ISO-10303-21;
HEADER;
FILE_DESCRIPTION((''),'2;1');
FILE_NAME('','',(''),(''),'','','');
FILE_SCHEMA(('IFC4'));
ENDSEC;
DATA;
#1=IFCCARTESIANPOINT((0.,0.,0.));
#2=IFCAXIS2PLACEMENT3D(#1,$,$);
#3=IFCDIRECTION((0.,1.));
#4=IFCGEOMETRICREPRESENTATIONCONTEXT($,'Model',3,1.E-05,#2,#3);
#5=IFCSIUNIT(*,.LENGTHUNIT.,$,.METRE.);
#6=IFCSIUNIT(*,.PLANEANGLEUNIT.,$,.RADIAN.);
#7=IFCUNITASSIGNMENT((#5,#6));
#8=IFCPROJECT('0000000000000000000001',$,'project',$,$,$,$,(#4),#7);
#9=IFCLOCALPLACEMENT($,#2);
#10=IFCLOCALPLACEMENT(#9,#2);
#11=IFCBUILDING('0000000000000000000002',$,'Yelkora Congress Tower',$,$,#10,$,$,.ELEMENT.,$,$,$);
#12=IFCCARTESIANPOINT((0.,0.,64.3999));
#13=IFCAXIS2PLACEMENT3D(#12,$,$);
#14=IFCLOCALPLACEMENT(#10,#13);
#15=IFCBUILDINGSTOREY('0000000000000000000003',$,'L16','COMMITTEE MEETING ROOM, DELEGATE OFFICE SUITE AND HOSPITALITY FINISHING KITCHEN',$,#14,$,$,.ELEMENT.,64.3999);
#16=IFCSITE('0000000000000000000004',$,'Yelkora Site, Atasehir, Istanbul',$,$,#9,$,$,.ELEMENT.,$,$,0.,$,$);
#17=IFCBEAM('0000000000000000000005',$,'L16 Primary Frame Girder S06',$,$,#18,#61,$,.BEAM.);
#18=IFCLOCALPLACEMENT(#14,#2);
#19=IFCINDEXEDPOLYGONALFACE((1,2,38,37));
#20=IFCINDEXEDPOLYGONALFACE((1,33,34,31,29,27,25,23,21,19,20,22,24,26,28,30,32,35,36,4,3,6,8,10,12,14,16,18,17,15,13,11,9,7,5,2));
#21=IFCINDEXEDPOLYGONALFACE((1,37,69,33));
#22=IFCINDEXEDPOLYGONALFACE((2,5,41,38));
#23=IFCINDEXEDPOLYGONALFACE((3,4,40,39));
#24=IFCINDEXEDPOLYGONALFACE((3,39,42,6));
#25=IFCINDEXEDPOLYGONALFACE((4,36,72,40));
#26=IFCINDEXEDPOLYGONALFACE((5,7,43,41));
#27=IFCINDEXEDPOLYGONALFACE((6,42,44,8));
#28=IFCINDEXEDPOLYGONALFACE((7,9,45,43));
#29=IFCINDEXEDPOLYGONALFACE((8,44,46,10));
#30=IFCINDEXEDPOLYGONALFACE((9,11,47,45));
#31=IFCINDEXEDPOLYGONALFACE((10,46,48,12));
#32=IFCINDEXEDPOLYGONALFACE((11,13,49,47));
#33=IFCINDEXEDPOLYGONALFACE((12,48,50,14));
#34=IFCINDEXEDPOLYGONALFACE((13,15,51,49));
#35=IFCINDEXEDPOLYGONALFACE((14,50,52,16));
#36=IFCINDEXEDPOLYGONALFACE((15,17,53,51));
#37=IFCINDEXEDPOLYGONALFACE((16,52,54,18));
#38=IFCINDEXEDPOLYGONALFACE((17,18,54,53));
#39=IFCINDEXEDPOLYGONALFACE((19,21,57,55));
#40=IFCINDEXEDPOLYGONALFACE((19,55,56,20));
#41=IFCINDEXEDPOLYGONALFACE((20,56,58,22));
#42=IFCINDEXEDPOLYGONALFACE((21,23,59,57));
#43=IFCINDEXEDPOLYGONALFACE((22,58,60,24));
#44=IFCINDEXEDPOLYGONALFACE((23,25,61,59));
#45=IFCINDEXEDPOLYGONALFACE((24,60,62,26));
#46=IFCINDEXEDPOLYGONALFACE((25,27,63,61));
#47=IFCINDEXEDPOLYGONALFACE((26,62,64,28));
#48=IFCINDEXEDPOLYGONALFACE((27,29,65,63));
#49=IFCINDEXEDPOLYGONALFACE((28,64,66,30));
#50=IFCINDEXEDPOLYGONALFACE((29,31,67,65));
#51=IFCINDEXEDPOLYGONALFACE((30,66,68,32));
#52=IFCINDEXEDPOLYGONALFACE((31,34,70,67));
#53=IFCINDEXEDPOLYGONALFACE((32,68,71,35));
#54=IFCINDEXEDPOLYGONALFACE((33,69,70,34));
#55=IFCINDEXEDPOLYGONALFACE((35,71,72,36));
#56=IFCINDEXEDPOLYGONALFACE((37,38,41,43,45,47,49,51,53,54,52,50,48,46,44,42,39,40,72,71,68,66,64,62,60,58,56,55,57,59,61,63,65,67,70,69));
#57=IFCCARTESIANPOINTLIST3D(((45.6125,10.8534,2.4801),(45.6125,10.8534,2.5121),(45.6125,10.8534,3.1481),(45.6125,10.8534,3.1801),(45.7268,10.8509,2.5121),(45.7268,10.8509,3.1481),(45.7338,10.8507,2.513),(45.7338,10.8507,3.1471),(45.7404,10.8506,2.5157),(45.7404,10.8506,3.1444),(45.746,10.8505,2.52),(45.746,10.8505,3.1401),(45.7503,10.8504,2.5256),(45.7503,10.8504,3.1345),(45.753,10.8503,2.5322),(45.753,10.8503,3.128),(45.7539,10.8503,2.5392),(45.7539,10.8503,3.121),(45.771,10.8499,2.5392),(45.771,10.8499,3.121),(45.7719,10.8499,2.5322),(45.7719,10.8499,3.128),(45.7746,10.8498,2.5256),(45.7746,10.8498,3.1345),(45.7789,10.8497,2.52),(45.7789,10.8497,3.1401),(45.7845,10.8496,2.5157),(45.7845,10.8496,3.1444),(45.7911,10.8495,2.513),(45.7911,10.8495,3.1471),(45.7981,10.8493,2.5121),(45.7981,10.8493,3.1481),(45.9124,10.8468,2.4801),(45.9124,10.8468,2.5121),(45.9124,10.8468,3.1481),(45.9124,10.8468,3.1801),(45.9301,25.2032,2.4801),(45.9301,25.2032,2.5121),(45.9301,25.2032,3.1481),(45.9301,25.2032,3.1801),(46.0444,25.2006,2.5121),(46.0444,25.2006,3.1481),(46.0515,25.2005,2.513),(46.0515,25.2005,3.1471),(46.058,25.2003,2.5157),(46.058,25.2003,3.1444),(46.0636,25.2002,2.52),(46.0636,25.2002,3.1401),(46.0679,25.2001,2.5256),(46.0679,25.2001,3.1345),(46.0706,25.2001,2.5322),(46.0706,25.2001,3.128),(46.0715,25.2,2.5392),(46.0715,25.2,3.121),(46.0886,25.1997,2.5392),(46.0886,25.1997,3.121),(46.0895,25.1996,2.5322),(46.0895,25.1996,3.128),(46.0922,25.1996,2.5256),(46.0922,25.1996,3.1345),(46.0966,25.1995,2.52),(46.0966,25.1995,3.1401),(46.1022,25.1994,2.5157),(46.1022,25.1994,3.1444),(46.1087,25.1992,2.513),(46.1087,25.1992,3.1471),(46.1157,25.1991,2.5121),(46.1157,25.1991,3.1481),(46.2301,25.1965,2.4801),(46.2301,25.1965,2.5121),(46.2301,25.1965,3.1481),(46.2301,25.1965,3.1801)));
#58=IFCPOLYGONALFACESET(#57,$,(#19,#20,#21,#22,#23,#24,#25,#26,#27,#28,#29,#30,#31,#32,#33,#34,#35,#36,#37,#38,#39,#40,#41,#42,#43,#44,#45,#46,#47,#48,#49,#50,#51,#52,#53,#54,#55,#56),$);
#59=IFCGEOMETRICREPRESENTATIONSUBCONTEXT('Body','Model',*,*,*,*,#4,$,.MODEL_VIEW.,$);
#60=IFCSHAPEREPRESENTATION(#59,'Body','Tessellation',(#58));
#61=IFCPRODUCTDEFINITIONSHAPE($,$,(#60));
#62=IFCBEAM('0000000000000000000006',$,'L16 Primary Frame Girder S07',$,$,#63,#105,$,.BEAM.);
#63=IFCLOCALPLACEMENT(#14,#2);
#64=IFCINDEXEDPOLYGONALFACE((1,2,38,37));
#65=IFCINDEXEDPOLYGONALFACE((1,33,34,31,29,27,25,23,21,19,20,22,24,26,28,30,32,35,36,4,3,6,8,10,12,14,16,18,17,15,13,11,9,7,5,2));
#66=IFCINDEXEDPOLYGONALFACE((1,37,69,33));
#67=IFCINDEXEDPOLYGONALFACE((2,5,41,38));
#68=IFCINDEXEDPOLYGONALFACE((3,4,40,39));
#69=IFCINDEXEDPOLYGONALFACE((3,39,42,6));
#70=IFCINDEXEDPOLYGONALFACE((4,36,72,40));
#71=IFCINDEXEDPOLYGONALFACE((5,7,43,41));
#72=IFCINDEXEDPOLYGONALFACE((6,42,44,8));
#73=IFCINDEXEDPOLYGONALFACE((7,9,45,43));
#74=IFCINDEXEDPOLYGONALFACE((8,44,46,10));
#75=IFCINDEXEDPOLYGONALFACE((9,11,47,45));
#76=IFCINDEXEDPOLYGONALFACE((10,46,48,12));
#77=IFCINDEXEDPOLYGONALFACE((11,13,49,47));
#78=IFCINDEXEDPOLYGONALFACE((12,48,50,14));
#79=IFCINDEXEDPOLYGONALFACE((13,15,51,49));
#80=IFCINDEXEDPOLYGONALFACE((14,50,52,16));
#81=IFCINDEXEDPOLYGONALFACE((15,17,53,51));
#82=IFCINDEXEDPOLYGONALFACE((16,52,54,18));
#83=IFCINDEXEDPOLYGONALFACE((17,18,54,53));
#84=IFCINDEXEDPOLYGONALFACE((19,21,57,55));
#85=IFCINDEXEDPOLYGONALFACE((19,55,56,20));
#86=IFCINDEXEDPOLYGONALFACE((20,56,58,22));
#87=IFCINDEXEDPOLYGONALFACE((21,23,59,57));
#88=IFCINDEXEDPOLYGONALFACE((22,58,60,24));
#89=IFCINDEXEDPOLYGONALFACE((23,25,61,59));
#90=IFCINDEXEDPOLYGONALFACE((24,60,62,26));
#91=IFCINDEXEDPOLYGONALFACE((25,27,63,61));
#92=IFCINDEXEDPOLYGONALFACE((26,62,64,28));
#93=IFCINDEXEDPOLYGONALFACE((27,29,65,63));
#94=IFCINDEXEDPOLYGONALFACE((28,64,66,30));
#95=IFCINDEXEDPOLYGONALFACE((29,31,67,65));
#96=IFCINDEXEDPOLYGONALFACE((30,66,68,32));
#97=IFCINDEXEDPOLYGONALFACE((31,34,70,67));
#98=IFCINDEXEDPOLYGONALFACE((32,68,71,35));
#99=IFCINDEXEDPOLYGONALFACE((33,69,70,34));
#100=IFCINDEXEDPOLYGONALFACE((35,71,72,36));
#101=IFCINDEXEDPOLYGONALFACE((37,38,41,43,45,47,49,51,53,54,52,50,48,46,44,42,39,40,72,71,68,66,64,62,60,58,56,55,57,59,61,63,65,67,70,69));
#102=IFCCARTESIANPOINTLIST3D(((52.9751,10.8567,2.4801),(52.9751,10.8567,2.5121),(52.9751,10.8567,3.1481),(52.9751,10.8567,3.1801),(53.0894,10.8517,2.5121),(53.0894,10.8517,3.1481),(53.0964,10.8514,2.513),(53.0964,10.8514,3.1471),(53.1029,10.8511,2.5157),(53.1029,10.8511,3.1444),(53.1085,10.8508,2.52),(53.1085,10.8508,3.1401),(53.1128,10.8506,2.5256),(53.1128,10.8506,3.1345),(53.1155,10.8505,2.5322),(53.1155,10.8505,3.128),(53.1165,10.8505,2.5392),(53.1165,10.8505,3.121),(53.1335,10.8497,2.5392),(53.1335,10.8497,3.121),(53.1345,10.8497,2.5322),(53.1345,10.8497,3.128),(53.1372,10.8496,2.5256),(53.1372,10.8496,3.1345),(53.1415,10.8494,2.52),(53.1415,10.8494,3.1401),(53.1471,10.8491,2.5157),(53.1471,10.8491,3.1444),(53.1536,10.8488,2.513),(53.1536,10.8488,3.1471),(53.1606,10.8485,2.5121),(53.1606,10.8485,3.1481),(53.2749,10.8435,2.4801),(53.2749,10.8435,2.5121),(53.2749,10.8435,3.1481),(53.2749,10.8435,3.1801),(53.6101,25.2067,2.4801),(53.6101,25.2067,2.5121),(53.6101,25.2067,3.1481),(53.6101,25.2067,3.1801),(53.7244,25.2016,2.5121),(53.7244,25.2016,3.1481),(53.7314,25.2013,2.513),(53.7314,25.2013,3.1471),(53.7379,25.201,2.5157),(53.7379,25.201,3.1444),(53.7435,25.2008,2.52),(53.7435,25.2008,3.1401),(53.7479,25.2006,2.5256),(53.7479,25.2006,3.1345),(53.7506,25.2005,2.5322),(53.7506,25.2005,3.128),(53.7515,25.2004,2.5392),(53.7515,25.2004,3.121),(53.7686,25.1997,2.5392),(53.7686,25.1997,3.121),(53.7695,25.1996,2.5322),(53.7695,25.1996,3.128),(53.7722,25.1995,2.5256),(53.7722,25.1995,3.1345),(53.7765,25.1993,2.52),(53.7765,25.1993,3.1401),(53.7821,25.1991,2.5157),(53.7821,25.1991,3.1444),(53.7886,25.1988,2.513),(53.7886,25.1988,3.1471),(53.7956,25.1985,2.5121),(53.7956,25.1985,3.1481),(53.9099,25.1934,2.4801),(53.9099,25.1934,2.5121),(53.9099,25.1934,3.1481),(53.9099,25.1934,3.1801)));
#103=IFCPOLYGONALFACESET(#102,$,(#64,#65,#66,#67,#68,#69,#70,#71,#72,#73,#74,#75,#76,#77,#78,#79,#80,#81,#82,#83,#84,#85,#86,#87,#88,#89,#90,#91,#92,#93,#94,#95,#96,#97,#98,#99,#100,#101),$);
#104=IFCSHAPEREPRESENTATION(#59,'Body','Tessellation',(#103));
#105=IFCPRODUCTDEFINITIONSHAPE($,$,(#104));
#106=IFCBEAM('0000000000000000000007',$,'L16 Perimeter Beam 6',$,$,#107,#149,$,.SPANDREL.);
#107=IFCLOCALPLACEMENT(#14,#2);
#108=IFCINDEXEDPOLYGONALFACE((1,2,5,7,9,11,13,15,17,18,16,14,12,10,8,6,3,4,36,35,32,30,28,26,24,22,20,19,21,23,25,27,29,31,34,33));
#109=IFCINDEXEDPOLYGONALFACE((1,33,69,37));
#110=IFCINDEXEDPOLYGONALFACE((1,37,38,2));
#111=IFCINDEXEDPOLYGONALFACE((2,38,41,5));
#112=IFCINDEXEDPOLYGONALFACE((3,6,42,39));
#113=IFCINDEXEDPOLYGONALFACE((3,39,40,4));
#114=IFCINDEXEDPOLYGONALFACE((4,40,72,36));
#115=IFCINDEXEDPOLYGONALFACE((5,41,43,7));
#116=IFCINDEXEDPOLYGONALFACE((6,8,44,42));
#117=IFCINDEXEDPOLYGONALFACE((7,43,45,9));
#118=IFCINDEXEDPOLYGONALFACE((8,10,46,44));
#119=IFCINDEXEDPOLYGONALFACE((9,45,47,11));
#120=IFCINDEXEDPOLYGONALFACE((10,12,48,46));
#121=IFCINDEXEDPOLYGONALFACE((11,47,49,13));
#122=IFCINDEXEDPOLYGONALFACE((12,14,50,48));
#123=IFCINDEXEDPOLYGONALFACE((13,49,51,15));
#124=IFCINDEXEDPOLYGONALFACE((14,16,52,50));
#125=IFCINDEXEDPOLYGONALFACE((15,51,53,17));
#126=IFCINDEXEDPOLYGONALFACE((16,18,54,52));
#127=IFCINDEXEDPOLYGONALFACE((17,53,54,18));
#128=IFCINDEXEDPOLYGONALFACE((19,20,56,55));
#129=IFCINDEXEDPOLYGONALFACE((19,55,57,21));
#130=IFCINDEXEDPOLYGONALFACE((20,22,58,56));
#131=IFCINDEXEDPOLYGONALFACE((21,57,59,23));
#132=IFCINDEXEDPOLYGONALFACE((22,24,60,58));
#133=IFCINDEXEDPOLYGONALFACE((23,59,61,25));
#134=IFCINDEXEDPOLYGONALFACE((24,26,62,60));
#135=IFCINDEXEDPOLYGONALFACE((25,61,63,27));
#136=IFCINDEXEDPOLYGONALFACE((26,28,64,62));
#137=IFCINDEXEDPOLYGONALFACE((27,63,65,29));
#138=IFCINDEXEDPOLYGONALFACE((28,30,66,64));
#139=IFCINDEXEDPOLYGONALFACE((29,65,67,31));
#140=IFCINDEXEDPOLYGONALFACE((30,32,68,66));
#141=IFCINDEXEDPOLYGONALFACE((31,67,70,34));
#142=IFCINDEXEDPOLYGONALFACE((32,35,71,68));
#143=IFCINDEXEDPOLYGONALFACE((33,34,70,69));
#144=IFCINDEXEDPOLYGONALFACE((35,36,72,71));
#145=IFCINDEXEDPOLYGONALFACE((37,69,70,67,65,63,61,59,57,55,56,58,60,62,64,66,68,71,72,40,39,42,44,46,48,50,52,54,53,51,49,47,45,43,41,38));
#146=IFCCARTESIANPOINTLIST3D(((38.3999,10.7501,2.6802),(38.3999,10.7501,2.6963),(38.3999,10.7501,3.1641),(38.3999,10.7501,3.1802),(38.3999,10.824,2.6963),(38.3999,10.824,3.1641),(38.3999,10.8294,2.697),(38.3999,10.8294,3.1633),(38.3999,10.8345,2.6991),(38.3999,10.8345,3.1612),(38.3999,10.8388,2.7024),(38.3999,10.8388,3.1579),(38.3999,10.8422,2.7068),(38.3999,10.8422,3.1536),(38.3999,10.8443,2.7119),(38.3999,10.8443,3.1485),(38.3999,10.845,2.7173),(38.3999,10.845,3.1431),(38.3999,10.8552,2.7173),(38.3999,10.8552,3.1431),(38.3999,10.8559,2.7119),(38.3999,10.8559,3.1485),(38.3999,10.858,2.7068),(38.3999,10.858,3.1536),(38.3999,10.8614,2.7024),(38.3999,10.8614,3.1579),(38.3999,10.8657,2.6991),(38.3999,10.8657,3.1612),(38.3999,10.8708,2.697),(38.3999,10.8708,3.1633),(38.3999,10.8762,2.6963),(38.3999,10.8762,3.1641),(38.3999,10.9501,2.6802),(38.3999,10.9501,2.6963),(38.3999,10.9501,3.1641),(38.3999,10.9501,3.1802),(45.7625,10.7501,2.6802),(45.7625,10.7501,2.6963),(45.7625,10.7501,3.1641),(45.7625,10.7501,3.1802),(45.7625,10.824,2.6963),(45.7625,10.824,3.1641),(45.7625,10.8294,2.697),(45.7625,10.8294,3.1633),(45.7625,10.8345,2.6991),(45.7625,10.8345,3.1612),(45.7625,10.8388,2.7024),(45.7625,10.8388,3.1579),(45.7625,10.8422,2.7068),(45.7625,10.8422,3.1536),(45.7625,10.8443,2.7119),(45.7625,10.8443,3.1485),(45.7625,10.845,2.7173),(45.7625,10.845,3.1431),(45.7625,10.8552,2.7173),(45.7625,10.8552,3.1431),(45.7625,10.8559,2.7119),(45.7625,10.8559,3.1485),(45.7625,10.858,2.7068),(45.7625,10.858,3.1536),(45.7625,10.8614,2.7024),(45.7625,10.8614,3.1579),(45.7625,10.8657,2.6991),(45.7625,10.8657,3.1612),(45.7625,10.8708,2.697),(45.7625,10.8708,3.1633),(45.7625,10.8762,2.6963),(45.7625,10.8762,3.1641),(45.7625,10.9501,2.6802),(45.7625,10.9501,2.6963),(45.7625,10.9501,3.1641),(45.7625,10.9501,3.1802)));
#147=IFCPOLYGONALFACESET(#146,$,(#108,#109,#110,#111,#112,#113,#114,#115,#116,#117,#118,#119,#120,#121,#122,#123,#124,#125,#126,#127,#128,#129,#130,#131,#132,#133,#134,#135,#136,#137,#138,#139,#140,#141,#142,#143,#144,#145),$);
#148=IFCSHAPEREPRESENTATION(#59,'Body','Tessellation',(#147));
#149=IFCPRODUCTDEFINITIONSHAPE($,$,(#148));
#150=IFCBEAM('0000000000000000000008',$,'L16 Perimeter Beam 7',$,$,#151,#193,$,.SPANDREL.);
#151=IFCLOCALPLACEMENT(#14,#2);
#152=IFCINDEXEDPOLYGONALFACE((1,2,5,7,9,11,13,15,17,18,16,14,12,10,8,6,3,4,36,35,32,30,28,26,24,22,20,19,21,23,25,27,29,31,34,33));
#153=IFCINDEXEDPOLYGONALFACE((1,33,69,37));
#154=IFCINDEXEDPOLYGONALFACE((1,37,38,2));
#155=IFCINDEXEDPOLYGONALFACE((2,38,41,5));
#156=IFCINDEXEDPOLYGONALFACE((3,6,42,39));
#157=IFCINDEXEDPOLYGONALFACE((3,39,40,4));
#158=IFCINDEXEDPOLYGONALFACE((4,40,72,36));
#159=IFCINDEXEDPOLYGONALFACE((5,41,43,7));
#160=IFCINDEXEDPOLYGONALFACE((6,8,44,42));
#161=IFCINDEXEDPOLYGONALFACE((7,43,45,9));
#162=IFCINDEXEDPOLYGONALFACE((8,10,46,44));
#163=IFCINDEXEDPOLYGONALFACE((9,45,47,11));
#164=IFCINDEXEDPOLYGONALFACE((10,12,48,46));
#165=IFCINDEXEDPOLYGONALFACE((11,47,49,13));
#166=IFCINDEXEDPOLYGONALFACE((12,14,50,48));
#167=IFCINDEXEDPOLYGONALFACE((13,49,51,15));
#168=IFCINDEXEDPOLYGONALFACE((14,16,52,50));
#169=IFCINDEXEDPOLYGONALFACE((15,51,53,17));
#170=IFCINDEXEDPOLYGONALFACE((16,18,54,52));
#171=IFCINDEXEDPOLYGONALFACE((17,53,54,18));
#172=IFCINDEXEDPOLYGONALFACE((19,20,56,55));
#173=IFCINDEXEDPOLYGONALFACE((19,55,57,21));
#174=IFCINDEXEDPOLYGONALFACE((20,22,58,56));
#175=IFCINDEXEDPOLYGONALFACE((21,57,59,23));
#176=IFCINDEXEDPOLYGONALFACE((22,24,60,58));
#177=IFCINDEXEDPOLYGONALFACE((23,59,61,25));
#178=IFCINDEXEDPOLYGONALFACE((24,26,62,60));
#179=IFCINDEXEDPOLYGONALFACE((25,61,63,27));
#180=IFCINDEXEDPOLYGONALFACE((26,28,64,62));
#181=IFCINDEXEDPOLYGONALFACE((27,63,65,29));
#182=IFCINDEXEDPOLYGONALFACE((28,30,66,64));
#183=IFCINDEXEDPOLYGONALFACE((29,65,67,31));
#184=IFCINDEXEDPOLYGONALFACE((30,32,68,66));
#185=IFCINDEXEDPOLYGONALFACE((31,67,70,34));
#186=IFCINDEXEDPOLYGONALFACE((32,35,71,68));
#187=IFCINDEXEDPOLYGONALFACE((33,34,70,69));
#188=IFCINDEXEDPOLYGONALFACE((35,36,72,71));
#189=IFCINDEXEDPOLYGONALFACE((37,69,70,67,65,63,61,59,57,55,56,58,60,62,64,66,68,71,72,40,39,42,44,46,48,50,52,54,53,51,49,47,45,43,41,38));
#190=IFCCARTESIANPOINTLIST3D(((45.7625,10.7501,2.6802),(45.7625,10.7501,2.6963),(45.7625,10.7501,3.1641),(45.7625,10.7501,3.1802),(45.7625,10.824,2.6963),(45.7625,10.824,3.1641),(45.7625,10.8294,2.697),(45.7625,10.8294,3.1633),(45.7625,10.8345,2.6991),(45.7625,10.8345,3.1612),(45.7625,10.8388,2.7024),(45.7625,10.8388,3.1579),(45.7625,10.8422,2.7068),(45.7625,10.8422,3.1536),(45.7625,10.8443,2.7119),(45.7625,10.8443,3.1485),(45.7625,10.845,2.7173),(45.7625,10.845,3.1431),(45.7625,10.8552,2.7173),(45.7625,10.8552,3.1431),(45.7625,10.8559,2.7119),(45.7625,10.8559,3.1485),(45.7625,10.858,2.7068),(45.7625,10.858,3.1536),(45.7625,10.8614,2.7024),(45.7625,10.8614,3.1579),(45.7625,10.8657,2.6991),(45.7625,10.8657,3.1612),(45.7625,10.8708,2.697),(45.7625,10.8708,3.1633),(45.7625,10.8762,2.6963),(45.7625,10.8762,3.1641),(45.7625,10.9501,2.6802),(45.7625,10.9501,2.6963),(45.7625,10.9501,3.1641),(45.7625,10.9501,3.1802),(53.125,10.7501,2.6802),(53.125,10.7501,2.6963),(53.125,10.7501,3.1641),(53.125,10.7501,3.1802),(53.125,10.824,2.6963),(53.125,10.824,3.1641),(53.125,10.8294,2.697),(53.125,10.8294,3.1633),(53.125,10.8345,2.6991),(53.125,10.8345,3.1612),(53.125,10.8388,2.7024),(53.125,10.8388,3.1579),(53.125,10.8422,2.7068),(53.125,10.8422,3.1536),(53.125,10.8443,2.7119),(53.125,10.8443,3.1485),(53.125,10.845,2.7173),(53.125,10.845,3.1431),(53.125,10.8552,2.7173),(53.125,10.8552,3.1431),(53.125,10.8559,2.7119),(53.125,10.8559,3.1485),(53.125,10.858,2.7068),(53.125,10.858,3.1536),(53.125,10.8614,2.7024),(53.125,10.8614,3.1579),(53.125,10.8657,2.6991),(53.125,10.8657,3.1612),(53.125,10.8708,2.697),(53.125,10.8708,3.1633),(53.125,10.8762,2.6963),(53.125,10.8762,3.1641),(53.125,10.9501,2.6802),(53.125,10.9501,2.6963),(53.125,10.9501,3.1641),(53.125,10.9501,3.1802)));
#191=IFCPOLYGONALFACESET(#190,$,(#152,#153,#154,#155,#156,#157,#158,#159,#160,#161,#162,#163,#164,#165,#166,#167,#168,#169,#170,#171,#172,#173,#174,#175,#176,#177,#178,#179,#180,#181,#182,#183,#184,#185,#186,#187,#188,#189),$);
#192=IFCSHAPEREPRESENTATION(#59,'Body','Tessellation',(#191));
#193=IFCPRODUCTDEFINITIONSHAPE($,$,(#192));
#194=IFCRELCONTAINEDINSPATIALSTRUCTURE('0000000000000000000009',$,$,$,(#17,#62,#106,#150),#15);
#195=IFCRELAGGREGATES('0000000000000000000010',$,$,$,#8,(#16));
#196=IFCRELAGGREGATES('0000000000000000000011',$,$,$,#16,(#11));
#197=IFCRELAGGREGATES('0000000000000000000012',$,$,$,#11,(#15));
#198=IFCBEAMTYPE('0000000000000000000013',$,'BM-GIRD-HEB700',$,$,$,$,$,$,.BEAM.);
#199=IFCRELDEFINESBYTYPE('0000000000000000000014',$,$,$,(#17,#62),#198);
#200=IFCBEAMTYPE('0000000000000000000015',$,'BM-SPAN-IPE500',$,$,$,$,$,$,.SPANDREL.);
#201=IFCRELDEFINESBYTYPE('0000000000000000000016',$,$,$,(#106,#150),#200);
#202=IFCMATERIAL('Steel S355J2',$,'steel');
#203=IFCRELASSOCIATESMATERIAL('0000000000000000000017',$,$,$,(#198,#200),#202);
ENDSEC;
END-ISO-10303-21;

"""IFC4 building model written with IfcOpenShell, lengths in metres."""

from ifc_helpers import new_model, si_unit, direction, frame, origin, origin_2d, place, context, subcontext, project, spatial, i_section, extrude, material, material_profile, profile_set, type_object, element, save


model = new_model("IFC4")

# Units and contexts
model_context = context("Model", 3, precision=1e-05, world=origin(), true_north=direction((0.0, 1.0)))
body_context = subcontext(model_context, "Body", "Model", "MODEL_VIEW")
ifc_project = project(units=[si_unit("LENGTHUNIT", "METRE"), si_unit("PLANEANGLEUNIT", "RADIAN")], contexts=[model_context])

# Site, building, storey
site_placement = place(None, origin())
site = spatial("IfcSite", under=ifc_project, at=site_placement, Name="Yelkora Site, Atasehir, Istanbul", CompositionType="ELEMENT", RefElevation=0.0)
building_placement = place(site_placement, origin())
building = spatial("IfcBuilding", under=site, at=building_placement, Name="Yelkora Congress Tower", CompositionType="ELEMENT")
storey_placement = place(building_placement, frame((0.0, 0.0, 64.3999)))
storey = spatial("IfcBuildingStorey", under=building, at=storey_placement, Name="L16", Description="COMMITTEE MEETING ROOM, DELEGATE OFFICE SUITE AND HOSPITALITY FINISHING KITCHEN", CompositionType="ELEMENT", Elevation=64.3999)

# Beams
ifc_material_1 = material(Name="Steel S355J2", Category="steel")
ifc_material_profile_1 = material_profile(ifc_material_1, i_section(OverallWidth=0.3, OverallDepth=0.7, WebThickness=0.0171, FlangeThickness=0.032, FilletRadius=0.0271, at=origin_2d()), Name="HEB 700")
ifc_profile_set_1 = profile_set([ifc_material_profile_1], Name="Steel S355J2")
beam_type_1 = type_object("IfcBeamType", Name="BM-GIRD-HEB700", PredefinedType="BEAM", material=ifc_profile_set_1)
beam_1_placement = place(storey_placement, frame((45.7625, 10.8501, 2.8301), z_axis=(0.022129, 0.999755, 0.0), x_axis=(-0.999755, 0.022129, 0.0)))
element("IfcBeam", 1, at=beam_1_placement, inside=storey, type_object=beam_type_1, Name="L16 Primary Frame Girder S06", PredefinedType="BEAM", context=body_context, shape_type="SweptSolid", body=[
    extrude(i_section(OverallWidth=0.3, OverallDepth=0.7, WebThickness=0.0171, FlangeThickness=0.032, FilletRadius=0.0271, at=origin_2d()), origin(), (0.0, 0.0, 1.0), 14.3533),
])
beam_2_placement = place(storey_placement, frame((53.125, 10.8501, 2.8301), z_axis=(0.044209, 0.999022, 0.0), x_axis=(-0.999022, 0.044209, 0.0)))
element("IfcBeam", 2, at=beam_2_placement, inside=storey, type_object=beam_type_1, Name="L16 Primary Frame Girder S07", PredefinedType="BEAM", context=body_context, shape_type="SweptSolid", body=[
    extrude(i_section(OverallWidth=0.3, OverallDepth=0.7, WebThickness=0.0171, FlangeThickness=0.032, FilletRadius=0.0271, at=origin_2d()), origin(), (0.0, 0.0, 1.0), 14.364),
])
ifc_material_profile_2 = material_profile(ifc_material_1, i_section(OverallWidth=0.2, OverallDepth=0.5, WebThickness=0.0103, FlangeThickness=0.0161, FilletRadius=0.021, at=origin_2d()), Name="IPE 500")
ifc_profile_set_2 = profile_set([ifc_material_profile_2], Name="Steel S355J2")
beam_type_2 = type_object("IfcBeamType", Name="BM-SPAN-IPE500", PredefinedType="SPANDREL", material=ifc_profile_set_2)
for number, where, z_axis, x_axis, name in (
    (3, (38.3999, 10.8501, 2.9302), (1.0, 0.0, 0.0), (0.0, 1.0, 0.0), "L16 Perimeter Beam 6"),
    (4, (45.7625, 10.8501, 2.9302), (1.0, 0.0, 0.0), (0.0, 1.0, 0.0), "L16 Perimeter Beam 7"),
):
    element("IfcBeam", number, at=place(storey_placement, frame(where, z_axis=z_axis, x_axis=x_axis)), inside=storey, type_object=beam_type_2, Name=name, PredefinedType="SPANDREL", context=body_context, shape_type="SweptSolid", body=[
        extrude(i_section(OverallWidth=0.2, OverallDepth=0.5, WebThickness=0.0103, FlangeThickness=0.0161, FilletRadius=0.021, at=origin_2d()), origin(), (0.0, 0.0, 1.0), 7.3625),
    ])

save(model, "model.ifc")
